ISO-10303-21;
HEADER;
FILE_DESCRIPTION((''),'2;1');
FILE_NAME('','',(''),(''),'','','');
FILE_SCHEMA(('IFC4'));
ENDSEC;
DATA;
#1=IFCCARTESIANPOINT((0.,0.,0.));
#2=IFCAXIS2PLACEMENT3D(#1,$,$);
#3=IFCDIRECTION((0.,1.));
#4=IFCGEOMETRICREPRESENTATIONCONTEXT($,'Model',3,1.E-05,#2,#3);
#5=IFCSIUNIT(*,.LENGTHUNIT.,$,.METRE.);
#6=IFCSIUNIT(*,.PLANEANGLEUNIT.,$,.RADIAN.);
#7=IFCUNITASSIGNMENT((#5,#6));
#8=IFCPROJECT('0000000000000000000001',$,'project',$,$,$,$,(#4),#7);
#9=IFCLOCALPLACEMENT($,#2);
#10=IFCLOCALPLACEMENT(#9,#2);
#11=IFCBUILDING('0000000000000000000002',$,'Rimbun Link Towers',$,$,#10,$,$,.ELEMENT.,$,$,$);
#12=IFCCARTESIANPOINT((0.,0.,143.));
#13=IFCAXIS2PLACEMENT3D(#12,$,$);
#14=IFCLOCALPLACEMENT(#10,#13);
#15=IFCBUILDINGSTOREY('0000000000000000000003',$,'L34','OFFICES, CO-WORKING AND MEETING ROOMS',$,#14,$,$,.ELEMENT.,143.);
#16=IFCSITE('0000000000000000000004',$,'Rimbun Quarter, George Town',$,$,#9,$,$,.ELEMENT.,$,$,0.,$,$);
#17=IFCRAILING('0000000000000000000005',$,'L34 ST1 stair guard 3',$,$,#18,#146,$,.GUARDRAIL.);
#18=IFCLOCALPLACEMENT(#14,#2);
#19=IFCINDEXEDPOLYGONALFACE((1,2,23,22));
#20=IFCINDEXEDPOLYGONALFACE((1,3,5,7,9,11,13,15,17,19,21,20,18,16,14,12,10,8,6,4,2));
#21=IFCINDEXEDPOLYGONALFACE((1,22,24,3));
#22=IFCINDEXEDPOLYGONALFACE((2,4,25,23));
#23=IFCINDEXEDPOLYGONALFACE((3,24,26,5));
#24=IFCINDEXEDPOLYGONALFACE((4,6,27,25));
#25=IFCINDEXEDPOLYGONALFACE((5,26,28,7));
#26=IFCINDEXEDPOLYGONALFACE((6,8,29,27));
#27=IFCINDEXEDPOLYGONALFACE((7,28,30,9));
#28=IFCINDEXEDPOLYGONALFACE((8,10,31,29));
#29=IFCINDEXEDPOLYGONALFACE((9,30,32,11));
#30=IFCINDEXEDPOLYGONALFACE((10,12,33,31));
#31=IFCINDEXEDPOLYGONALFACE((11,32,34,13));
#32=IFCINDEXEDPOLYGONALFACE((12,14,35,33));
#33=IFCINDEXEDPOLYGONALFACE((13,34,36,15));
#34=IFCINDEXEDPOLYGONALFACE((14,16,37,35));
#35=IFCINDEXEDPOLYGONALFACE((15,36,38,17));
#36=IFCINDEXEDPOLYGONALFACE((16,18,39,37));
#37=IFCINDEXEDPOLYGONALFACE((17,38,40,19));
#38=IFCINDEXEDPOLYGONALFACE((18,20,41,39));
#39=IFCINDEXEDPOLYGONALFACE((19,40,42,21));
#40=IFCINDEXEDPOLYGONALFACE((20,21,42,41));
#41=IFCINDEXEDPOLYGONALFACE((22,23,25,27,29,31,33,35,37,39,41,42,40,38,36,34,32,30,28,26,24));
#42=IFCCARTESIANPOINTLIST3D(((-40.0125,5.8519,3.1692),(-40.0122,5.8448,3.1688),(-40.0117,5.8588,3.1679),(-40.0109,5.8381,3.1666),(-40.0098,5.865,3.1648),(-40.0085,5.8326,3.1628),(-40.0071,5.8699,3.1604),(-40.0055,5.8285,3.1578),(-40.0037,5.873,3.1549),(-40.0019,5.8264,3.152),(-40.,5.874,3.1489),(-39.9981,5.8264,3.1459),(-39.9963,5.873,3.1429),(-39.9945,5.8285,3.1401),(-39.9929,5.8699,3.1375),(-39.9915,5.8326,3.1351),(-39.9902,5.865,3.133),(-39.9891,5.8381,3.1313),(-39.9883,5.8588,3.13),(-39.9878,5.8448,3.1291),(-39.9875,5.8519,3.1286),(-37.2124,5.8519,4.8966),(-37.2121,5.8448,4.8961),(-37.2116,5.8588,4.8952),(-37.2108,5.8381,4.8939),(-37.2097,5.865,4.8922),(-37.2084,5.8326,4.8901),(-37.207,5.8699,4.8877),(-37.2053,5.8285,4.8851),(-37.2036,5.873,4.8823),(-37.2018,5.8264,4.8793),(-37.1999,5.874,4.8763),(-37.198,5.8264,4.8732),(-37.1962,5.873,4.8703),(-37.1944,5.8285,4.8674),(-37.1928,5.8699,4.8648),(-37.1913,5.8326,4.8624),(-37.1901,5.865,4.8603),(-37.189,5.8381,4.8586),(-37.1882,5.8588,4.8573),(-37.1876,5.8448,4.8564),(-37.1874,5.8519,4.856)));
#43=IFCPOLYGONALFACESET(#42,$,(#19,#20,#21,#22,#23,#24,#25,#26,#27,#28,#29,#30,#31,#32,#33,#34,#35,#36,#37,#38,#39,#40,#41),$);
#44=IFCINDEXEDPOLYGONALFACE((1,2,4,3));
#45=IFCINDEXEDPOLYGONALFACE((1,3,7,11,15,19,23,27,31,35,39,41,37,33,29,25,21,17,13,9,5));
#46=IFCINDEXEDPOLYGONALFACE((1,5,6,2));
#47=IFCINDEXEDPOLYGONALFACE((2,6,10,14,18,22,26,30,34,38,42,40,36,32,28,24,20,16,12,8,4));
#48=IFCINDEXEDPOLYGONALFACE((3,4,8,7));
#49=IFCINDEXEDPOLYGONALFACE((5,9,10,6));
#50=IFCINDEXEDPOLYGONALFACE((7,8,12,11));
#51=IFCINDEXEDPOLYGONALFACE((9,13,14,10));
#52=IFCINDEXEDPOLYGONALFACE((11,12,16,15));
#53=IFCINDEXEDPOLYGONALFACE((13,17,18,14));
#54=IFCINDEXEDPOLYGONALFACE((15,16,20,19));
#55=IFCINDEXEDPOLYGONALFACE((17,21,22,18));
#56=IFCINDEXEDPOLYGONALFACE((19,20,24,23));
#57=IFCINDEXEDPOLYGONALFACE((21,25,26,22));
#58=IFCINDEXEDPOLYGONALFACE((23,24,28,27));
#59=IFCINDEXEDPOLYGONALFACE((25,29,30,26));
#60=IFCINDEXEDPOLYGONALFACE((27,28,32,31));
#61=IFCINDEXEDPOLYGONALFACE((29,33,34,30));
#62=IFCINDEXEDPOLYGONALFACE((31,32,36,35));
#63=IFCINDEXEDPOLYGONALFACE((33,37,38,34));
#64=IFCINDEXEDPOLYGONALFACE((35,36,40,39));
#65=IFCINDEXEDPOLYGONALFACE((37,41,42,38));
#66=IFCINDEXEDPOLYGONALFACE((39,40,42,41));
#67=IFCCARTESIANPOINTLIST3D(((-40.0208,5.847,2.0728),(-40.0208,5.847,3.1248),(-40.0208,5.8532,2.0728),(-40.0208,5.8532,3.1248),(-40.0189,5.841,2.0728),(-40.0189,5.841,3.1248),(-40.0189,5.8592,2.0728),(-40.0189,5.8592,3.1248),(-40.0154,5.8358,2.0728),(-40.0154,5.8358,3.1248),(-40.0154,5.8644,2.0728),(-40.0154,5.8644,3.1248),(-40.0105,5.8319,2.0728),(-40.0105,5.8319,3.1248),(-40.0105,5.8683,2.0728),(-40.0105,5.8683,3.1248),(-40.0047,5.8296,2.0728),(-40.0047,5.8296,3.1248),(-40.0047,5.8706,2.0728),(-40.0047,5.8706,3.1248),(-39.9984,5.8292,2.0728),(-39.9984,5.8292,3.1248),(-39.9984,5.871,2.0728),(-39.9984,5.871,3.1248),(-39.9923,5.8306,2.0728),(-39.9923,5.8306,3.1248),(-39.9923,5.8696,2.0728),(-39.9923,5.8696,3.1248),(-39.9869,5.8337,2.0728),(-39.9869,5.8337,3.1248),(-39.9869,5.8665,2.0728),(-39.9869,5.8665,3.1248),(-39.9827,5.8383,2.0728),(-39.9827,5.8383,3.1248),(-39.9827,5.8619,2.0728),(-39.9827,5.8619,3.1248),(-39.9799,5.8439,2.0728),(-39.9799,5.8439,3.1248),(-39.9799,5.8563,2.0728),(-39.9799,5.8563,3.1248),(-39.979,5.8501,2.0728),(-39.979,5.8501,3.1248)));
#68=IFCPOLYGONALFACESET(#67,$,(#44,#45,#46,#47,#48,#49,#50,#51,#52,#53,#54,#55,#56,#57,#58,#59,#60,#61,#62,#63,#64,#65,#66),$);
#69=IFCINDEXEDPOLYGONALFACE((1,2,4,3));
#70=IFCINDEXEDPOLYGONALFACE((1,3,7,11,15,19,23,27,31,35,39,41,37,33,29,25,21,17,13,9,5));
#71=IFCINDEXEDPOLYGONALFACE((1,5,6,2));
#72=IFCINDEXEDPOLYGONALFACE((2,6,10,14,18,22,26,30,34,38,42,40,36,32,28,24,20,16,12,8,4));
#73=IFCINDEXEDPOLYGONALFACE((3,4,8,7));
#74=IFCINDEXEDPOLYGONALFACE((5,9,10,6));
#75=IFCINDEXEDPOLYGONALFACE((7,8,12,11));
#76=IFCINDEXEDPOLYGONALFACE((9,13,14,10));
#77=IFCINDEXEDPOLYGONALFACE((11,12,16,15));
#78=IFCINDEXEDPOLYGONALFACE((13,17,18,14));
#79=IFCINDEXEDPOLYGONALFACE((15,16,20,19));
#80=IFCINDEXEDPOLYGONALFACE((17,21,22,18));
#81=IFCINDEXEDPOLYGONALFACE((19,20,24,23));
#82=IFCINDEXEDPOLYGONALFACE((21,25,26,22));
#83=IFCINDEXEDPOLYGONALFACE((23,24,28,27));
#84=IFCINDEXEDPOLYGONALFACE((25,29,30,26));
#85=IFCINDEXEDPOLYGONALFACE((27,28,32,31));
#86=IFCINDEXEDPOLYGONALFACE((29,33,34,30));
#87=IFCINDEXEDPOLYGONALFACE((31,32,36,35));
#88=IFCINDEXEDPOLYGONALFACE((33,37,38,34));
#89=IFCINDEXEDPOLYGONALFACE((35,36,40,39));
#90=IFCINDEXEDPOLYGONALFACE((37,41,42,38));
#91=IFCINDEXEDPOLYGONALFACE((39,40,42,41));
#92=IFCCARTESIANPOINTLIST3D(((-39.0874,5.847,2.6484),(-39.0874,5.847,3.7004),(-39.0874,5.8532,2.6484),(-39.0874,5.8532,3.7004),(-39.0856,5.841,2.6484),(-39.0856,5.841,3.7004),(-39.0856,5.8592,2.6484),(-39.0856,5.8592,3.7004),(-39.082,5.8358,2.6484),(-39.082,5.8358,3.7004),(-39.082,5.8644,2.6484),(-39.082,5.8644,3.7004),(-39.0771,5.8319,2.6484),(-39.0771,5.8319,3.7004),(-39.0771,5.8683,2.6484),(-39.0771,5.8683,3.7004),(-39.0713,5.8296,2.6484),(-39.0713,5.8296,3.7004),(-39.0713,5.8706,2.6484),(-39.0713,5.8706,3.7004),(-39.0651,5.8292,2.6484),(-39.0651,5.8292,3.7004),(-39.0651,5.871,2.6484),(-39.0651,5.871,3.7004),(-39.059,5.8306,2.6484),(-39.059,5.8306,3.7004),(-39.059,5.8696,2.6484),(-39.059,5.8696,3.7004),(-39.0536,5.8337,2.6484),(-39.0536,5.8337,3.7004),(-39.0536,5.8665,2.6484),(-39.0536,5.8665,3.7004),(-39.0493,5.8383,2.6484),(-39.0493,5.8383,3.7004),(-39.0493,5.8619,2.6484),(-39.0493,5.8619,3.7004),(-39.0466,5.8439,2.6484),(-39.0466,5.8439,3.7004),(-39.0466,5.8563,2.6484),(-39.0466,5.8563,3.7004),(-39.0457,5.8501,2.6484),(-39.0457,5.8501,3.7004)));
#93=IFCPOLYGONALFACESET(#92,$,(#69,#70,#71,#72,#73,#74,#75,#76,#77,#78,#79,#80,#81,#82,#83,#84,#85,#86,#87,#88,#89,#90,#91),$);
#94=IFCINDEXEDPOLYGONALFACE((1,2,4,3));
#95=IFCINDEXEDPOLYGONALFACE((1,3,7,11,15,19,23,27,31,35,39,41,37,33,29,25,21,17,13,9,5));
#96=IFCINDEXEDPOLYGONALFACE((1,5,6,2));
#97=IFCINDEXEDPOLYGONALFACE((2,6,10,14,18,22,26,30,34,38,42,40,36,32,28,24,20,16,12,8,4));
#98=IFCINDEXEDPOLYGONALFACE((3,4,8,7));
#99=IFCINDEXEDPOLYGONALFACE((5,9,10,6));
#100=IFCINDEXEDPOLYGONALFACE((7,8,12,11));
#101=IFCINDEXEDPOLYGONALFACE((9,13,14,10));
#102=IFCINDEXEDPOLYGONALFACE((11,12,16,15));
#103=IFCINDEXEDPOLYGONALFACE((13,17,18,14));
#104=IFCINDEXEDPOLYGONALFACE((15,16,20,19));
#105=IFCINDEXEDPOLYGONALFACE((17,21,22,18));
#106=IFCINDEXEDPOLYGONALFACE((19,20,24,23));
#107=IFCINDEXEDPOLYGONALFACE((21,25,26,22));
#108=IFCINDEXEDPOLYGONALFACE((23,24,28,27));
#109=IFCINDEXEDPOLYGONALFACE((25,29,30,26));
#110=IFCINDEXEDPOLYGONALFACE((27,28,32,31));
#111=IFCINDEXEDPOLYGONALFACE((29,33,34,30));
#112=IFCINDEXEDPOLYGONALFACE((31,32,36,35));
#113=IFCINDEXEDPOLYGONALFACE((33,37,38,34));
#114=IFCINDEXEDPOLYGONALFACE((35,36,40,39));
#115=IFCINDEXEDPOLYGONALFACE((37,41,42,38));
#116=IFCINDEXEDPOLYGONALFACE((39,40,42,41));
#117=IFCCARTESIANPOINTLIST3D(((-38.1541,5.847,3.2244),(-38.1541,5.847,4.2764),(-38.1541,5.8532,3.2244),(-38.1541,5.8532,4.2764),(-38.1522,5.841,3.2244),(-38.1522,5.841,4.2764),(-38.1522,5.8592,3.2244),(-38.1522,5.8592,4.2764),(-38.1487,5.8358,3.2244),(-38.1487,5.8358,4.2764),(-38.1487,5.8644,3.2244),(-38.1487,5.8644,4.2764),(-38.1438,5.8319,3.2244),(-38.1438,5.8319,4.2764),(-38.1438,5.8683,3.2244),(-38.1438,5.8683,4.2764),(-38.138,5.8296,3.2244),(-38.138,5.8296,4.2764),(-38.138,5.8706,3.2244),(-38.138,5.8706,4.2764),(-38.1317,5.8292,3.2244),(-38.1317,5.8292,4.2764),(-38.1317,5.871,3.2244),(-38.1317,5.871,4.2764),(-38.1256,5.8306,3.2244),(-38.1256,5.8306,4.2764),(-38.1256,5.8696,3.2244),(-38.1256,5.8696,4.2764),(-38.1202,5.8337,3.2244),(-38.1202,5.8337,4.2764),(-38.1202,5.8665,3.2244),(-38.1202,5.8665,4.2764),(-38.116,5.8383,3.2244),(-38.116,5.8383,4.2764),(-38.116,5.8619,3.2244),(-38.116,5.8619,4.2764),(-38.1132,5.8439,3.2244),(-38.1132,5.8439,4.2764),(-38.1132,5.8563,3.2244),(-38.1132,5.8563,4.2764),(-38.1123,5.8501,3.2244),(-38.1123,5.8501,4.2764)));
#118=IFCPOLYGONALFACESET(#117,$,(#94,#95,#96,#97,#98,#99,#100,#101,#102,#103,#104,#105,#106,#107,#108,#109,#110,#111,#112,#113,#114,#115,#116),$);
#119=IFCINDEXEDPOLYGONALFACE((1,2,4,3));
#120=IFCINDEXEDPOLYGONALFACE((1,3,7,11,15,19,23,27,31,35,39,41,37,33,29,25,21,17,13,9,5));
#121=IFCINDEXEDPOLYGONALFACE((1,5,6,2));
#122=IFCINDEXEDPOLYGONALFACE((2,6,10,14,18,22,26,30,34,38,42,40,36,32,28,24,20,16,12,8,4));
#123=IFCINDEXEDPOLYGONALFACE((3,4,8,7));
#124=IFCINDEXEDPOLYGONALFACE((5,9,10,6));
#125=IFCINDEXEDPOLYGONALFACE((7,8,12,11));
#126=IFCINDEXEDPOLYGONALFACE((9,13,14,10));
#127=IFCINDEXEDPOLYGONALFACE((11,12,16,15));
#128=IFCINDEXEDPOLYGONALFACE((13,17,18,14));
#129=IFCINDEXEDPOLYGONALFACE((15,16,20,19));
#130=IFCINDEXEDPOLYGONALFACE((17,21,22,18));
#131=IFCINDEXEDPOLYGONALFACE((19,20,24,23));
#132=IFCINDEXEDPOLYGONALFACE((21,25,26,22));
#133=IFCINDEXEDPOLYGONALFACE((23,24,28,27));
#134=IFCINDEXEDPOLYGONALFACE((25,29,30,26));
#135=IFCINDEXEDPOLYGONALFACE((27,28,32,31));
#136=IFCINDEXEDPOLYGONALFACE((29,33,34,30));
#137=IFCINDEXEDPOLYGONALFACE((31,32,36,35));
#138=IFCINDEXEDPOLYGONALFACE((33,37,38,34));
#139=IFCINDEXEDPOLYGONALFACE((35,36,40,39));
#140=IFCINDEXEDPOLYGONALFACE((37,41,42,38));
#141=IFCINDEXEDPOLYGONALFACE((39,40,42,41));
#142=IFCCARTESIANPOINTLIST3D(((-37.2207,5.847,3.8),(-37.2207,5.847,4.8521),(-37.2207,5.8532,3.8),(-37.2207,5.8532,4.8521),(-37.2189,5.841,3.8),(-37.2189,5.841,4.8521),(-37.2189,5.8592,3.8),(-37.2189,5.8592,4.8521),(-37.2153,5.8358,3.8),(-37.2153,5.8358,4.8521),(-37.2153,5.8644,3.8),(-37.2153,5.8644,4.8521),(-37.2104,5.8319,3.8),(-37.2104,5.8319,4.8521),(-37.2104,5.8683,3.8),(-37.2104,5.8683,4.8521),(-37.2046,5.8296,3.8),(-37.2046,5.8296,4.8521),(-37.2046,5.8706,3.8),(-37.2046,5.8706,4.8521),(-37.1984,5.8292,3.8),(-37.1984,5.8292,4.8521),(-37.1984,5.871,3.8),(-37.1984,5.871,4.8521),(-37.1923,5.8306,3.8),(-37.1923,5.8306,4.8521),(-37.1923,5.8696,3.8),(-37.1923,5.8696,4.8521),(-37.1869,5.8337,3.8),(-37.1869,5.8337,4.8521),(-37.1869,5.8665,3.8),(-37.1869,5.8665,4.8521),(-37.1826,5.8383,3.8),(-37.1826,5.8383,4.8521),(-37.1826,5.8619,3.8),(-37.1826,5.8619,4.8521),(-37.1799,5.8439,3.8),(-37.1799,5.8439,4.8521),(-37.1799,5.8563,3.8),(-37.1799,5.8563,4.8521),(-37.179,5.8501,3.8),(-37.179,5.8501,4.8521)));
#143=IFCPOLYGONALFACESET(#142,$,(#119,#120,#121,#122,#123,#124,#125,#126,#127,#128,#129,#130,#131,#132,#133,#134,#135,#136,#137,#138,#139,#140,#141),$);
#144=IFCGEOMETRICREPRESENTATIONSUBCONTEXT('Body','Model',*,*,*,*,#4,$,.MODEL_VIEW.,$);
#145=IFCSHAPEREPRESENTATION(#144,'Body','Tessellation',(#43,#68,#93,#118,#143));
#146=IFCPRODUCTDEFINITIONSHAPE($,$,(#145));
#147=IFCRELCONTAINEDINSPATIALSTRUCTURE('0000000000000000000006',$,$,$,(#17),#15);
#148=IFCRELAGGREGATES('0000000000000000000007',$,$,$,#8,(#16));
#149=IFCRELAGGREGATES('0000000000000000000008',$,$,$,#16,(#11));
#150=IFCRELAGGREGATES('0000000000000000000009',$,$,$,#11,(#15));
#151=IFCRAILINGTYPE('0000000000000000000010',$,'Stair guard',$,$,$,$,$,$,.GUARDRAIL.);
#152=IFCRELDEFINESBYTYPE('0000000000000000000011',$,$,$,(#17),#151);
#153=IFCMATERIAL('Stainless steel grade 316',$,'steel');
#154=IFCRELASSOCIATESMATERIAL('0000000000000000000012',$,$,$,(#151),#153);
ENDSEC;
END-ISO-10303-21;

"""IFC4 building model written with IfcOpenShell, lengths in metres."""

from ifc_helpers import new_model, si_unit, direction, frame, origin, origin_2d, place, context, subcontext, project, spatial, circle, extrude, material, type_object, element, save


model = new_model("IFC4")

# Units and contexts
model_context = context("Model", 3, precision=1e-05, world=origin(), true_north=direction((0.0, 1.0)))
body_context = subcontext(model_context, "Body", "Model", "MODEL_VIEW")
ifc_project = project(units=[si_unit("LENGTHUNIT", "METRE"), si_unit("PLANEANGLEUNIT", "RADIAN")], contexts=[model_context])

# Site, building, storey
site_placement = place(None, origin())
site = spatial("IfcSite", under=ifc_project, at=site_placement, Name="Rimbun Quarter, George Town", CompositionType="ELEMENT", RefElevation=0.0)
building_placement = place(site_placement, origin())
building = spatial("IfcBuilding", under=site, at=building_placement, Name="Rimbun Link Towers", CompositionType="ELEMENT")
storey_placement = place(building_placement, frame((0.0, 0.0, 143.0)))
storey = spatial("IfcBuildingStorey", under=building, at=storey_placement, Name="L34", Description="OFFICES, CO-WORKING AND MEETING ROOMS", CompositionType="ELEMENT", Elevation=143.0)

# Railing
ifc_material_1 = material(Name="Stainless steel grade 316", Category="steel")
railing_type_1 = type_object("IfcRailingType", Name="Stair guard", PredefinedType="GUARDRAIL", material=ifc_material_1)
railing_1_placement = place(storey_placement, frame((-40.0, 5.8501, 2.0728)))
element("IfcRailing", 1, at=railing_1_placement, inside=storey, type_object=railing_type_1, Name="L34 ST1 stair guard 3", PredefinedType="GUARDRAIL", context=body_context, shape_type="SweptSolid", body=[
    extrude(circle(Radius=0.0239, at=origin_2d()), frame((0.0, 0.0, 1.0762), z_axis=(0.85109, 0.0, 0.52502), x_axis=(0.0, 1.0, 0.0)), (0.0, 0.0, 1.0), 3.29),
    extrude(circle(Radius=0.021, at=origin_2d()), origin(), (0.0, 0.0, 1.0), 1.052),
    extrude(circle(Radius=0.021, at=origin_2d()), frame((0.9333, 0.0, 0.5757)), (0.0, 0.0, 1.0), 1.052),
    extrude(circle(Radius=0.021, at=origin_2d()), frame((1.8667, 0.0, 1.1516)), (0.0, 0.0, 1.0), 1.052),
    extrude(circle(Radius=0.021, at=origin_2d()), frame((2.8, 0.0, 1.7273)), (0.0, 0.0, 1.0), 1.052),
])

save(model, "model.ifc")
